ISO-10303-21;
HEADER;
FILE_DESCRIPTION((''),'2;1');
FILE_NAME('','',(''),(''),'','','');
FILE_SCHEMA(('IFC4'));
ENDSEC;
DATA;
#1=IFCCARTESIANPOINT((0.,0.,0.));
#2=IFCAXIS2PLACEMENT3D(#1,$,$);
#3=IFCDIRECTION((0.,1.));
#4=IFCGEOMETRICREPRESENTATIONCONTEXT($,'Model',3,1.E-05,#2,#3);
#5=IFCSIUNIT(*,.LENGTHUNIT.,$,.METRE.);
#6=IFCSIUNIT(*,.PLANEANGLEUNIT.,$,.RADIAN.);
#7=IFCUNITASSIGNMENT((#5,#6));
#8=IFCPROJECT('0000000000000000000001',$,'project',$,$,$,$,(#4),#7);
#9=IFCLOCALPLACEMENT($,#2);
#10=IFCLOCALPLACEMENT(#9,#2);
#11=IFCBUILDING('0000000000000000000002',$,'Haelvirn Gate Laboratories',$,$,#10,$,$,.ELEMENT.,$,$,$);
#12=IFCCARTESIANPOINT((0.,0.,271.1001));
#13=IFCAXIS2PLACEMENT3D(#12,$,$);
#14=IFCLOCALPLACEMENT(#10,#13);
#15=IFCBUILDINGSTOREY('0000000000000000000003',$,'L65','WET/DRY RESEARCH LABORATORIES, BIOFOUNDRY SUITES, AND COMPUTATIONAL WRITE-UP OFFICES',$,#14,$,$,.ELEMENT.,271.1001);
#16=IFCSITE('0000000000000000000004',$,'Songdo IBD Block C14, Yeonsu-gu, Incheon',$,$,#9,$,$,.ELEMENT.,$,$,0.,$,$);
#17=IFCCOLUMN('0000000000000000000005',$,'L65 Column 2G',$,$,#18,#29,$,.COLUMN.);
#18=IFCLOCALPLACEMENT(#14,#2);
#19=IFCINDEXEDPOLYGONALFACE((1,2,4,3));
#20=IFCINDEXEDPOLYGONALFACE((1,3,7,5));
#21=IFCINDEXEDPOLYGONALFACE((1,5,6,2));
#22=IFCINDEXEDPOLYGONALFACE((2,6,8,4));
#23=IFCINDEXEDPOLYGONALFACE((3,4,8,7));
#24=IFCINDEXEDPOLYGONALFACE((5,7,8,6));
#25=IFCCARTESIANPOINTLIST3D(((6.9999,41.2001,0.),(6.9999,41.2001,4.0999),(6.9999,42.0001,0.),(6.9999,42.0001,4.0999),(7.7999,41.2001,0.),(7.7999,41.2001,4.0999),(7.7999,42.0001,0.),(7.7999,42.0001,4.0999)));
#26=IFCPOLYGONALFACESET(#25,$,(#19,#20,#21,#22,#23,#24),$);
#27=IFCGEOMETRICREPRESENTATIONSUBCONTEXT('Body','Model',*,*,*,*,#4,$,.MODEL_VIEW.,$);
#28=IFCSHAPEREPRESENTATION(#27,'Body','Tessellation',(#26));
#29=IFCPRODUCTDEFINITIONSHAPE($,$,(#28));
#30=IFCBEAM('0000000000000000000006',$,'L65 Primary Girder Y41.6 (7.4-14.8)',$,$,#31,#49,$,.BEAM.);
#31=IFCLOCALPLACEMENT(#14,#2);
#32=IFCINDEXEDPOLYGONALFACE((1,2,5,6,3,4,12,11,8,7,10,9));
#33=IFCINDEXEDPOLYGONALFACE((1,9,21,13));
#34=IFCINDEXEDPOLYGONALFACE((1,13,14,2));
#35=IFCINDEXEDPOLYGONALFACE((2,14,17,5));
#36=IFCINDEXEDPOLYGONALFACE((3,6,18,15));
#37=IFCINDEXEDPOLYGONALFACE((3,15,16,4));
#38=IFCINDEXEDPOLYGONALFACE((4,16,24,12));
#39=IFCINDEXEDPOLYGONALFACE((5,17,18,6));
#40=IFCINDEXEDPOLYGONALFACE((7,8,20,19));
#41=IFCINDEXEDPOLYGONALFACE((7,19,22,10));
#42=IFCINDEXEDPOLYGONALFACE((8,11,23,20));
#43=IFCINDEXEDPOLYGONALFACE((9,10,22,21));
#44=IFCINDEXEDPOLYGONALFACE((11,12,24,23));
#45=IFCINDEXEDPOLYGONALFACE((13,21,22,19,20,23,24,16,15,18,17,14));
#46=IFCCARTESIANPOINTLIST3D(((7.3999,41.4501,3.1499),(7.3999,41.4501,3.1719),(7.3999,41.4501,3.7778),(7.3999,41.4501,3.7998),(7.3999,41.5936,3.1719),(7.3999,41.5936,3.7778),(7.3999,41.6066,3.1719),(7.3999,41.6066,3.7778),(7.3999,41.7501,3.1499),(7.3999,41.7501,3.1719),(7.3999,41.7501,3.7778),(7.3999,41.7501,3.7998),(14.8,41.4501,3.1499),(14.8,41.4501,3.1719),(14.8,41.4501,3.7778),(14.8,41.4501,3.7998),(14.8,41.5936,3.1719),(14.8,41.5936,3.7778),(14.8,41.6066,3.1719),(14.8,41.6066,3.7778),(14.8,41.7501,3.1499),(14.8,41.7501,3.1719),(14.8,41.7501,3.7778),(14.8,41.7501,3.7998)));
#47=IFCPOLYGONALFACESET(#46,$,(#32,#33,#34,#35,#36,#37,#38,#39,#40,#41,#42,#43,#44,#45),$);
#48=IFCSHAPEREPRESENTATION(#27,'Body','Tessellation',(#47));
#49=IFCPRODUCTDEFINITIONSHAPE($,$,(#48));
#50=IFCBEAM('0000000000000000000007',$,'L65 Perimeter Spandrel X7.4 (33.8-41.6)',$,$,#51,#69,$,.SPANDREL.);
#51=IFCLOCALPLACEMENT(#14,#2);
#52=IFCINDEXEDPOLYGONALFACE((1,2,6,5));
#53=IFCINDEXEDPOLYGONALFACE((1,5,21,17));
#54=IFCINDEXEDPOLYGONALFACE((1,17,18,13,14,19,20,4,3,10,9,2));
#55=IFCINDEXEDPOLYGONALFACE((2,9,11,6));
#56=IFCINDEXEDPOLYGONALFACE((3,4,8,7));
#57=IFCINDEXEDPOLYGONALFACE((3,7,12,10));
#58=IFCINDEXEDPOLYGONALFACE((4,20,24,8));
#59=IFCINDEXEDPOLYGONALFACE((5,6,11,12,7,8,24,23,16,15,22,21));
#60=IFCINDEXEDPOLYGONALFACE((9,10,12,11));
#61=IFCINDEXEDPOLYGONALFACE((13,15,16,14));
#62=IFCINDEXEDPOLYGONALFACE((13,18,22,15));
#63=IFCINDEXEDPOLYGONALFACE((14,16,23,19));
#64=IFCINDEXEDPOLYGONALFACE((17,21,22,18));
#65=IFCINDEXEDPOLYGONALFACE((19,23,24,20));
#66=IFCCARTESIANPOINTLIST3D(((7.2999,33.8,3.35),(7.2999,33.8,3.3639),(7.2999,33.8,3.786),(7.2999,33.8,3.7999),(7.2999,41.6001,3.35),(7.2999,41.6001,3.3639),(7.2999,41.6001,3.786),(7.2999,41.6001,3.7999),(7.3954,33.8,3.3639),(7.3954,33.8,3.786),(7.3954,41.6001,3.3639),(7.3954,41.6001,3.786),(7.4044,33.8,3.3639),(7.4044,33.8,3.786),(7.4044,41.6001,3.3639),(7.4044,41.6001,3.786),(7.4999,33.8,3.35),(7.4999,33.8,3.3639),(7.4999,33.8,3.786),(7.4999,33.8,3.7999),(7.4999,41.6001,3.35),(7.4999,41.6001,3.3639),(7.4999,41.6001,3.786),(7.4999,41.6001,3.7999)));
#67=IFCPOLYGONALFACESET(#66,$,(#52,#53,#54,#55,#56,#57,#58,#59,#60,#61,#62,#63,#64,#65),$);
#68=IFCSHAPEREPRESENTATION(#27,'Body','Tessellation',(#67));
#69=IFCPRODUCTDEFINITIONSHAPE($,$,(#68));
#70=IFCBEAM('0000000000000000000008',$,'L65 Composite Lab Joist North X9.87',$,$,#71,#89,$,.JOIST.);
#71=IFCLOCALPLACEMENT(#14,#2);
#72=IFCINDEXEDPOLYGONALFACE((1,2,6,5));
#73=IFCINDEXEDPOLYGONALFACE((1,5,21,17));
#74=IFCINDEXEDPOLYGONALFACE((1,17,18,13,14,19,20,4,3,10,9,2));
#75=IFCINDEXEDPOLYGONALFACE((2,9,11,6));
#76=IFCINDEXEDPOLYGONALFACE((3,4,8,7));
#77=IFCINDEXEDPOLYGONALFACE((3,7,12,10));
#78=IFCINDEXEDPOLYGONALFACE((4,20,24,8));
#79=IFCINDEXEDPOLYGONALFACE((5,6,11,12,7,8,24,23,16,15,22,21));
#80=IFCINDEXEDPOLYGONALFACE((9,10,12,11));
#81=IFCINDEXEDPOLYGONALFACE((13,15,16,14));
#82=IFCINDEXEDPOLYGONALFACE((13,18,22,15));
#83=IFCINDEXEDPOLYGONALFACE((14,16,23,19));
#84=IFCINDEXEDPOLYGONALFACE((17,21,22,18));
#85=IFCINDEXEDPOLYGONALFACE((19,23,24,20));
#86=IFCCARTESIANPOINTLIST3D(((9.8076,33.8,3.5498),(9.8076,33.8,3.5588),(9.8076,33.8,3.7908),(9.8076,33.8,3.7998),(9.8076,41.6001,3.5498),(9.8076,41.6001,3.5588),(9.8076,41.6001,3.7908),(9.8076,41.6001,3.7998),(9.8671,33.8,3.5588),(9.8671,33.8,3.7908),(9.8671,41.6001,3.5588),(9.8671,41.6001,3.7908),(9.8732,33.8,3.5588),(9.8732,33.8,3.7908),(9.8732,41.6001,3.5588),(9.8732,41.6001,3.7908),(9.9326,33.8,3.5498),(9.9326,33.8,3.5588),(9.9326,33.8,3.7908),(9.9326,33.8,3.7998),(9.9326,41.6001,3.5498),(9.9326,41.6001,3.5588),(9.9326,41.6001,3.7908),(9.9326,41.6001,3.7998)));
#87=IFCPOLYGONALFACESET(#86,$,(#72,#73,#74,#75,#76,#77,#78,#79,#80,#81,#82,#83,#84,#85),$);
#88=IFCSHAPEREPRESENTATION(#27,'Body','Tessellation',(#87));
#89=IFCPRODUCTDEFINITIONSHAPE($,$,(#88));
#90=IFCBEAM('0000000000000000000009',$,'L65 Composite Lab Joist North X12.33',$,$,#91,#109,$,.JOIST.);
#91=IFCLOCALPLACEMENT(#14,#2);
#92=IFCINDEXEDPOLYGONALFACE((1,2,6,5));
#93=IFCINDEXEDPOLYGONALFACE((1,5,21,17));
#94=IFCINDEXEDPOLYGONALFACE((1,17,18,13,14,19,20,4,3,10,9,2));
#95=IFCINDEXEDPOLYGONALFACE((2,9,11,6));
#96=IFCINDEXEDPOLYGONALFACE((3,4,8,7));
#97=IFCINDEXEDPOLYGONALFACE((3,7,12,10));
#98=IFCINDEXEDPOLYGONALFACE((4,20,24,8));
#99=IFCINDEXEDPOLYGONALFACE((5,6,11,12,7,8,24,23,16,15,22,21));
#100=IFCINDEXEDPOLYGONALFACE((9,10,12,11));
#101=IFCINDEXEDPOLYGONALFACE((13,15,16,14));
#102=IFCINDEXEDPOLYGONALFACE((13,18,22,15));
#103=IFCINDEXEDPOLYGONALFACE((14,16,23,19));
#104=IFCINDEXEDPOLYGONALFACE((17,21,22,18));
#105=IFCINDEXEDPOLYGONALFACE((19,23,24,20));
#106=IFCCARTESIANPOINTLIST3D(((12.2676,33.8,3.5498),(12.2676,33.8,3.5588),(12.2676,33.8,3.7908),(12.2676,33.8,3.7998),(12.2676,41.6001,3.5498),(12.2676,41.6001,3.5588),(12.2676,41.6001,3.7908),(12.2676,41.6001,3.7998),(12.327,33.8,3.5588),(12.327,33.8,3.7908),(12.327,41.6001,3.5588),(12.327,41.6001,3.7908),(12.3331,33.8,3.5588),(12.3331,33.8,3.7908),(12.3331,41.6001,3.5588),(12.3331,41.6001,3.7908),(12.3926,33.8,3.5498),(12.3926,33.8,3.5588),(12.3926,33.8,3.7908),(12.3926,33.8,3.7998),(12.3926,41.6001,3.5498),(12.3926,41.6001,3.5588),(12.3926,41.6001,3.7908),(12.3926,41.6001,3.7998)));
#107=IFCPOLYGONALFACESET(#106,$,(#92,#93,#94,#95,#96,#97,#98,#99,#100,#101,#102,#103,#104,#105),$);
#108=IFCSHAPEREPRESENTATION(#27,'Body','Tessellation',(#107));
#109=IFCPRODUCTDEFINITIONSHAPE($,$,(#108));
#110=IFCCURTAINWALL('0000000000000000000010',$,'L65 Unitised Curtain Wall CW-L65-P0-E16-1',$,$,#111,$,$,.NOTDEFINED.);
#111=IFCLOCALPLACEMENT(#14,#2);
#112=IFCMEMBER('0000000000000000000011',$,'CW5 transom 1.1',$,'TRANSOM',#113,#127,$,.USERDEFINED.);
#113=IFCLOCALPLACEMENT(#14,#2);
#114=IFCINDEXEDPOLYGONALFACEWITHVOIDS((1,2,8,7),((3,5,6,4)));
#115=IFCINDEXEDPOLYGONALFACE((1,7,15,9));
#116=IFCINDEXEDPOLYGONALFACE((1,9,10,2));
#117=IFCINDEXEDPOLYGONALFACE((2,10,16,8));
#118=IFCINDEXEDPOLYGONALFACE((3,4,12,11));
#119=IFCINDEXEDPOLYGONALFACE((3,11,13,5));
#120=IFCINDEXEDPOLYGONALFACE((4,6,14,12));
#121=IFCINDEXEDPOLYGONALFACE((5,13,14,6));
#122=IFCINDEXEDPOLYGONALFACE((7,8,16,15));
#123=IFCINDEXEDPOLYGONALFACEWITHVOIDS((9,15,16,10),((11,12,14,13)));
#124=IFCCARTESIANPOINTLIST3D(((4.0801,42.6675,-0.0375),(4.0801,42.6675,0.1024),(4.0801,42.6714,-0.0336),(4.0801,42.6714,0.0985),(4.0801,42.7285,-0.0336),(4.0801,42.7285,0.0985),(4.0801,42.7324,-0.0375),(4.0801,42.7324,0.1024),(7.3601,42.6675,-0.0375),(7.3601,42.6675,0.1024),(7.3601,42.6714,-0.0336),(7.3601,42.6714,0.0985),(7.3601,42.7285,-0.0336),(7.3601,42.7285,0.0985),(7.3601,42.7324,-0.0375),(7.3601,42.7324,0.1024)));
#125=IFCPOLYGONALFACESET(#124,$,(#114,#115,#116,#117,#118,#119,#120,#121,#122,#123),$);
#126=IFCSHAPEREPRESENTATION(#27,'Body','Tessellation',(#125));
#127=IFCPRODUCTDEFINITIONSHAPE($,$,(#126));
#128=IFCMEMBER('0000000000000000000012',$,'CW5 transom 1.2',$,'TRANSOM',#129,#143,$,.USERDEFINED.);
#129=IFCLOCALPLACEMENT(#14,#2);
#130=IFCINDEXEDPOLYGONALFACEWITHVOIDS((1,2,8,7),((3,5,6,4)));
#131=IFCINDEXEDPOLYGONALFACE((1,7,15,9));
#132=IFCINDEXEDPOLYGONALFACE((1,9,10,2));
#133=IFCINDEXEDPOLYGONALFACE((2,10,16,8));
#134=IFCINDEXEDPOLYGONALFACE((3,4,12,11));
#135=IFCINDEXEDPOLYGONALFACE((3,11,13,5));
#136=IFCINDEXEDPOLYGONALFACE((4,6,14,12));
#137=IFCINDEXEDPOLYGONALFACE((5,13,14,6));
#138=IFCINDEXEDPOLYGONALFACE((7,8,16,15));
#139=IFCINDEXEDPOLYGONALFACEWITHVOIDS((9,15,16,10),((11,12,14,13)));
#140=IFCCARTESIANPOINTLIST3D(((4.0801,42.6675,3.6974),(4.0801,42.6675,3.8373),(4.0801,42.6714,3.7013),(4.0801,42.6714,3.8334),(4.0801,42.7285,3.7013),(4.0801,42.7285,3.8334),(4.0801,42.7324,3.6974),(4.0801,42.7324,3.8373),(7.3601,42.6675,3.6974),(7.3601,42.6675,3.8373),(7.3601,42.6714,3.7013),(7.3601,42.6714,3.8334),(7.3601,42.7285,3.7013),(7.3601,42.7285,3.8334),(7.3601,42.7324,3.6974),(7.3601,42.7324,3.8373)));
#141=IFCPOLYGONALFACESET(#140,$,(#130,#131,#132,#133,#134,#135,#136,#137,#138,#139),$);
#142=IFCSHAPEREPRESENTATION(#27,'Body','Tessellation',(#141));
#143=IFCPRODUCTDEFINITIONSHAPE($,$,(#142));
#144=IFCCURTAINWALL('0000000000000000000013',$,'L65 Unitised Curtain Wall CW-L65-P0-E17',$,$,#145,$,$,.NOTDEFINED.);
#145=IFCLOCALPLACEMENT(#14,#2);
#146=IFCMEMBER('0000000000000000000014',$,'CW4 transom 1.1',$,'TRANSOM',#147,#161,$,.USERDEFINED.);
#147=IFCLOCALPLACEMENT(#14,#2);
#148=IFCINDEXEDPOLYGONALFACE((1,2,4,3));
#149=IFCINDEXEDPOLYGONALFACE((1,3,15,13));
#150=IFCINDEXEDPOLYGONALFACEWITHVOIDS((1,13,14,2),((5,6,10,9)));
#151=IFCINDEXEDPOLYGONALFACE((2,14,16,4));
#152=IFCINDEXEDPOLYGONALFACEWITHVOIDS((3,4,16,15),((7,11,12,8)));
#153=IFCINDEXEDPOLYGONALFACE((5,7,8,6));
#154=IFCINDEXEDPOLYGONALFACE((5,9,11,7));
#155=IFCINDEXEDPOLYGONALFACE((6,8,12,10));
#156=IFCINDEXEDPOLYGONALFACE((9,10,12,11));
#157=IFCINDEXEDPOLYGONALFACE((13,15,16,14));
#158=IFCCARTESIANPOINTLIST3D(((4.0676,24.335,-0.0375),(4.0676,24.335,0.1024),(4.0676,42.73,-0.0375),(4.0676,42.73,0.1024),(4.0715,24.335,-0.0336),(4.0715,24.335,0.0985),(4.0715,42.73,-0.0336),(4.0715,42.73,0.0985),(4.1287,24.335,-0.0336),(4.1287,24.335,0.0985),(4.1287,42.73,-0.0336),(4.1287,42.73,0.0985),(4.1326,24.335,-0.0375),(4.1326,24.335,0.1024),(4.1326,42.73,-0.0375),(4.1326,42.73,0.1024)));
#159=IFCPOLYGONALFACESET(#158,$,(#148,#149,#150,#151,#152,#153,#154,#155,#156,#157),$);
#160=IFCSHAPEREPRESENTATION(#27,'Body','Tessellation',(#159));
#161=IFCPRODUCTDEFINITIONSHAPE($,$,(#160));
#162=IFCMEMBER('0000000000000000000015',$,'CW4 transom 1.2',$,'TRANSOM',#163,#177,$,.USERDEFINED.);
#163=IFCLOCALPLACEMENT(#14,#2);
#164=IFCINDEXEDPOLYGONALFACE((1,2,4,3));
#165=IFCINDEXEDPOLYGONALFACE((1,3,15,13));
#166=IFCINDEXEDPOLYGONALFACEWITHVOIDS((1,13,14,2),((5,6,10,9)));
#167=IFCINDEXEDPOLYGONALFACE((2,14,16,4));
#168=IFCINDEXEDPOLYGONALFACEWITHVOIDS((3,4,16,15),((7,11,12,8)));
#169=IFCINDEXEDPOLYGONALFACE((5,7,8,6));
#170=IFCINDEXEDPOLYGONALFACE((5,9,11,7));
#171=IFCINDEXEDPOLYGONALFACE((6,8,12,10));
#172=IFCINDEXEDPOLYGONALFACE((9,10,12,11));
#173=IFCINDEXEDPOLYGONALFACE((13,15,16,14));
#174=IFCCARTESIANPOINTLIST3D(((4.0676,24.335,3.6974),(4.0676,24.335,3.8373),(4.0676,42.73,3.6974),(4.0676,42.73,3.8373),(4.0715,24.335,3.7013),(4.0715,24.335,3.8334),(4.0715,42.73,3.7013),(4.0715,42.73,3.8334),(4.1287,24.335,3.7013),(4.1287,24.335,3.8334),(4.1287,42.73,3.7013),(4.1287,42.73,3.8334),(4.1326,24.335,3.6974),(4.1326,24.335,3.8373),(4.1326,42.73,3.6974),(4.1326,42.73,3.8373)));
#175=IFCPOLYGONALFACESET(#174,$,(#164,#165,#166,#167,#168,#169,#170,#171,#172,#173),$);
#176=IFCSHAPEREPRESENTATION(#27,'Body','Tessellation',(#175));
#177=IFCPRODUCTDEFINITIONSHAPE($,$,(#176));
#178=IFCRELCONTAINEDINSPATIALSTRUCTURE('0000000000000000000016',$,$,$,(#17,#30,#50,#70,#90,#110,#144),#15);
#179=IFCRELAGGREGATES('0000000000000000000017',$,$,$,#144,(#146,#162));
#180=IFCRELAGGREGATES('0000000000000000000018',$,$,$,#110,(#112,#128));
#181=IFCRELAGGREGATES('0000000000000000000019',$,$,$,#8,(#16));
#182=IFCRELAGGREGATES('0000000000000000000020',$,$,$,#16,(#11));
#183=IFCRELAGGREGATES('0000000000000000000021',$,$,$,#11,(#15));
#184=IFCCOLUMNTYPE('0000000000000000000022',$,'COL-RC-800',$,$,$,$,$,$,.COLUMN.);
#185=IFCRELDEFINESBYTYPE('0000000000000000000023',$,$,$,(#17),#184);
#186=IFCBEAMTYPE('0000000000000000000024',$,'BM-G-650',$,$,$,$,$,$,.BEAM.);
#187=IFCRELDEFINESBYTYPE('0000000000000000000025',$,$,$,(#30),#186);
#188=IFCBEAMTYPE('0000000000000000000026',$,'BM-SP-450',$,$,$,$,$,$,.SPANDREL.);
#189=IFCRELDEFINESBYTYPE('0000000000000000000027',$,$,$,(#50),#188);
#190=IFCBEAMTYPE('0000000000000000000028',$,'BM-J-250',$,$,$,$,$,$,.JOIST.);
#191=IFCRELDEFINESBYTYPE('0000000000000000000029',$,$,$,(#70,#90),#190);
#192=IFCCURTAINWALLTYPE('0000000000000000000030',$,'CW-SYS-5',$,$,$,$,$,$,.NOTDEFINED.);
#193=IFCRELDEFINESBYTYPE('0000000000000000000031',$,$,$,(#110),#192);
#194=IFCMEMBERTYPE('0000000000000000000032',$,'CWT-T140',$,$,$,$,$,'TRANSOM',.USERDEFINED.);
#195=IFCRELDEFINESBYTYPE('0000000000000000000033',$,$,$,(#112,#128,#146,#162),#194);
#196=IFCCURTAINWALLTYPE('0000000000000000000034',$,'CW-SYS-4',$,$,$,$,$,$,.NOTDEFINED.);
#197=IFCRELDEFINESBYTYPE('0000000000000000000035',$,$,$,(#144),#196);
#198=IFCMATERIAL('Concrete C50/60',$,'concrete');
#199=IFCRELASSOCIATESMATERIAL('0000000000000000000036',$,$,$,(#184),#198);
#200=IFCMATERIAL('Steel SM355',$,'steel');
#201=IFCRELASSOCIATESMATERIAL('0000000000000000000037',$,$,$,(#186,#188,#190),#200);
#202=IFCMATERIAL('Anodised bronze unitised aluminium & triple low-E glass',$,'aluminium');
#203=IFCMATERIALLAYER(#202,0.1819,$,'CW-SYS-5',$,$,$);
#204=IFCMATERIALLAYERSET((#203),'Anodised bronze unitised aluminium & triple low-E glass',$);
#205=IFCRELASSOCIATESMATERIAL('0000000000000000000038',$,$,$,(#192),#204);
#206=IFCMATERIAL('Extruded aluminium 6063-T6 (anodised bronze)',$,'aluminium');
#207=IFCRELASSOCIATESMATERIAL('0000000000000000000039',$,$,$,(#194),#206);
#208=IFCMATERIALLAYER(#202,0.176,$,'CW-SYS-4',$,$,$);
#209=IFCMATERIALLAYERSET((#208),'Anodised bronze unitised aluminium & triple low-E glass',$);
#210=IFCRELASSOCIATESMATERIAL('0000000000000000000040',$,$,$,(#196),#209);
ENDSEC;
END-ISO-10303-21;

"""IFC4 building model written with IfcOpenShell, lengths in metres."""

from ifc_helpers import new_model, si_unit, direction, frame, origin, origin_2d, place, context, subcontext, project, spatial, rectangle, hollow_rectangle, i_section, extrude, source, transform, mapped, material, layer, layer_set, material_profile, profile_set, type_object, type_shapes, element, aggregate, save


model = new_model("IFC4")

# Units and contexts
model_context = context("Model", 3, precision=1e-05, world=origin(), true_north=direction((0.0, 1.0)))
body_context = subcontext(model_context, "Body", "Model", "MODEL_VIEW")
ifc_project = project(units=[si_unit("LENGTHUNIT", "METRE"), si_unit("PLANEANGLEUNIT", "RADIAN")], contexts=[model_context])

# Site, building, storey
site_placement = place(None, origin())
site = spatial("IfcSite", under=ifc_project, at=site_placement, Name="Songdo IBD Block C14, Yeonsu-gu, Incheon", CompositionType="ELEMENT", RefElevation=0.0)
building_placement = place(site_placement, origin())
building = spatial("IfcBuilding", under=site, at=building_placement, Name="Haelvirn Gate Laboratories", CompositionType="ELEMENT")
storey_placement = place(building_placement, frame((0.0, 0.0, 271.1001)))
storey = spatial("IfcBuildingStorey", under=building, at=storey_placement, Name="L65", Description="WET/DRY RESEARCH LABORATORIES, BIOFOUNDRY SUITES, AND COMPUTATIONAL WRITE-UP OFFICES", CompositionType="ELEMENT", Elevation=271.1001)

# Column
ifc_material_1 = material(Name="Concrete C50/60", Category="concrete")
ifc_material_profile_1 = material_profile(ifc_material_1, rectangle(XDim=0.8, YDim=0.8, at=origin_2d()), Name="RC-800x800")
ifc_profile_set_1 = profile_set([ifc_material_profile_1], Name="Concrete C50/60")
column_type = type_object("IfcColumnType", Name="COL-RC-800", PredefinedType="COLUMN", material=ifc_profile_set_1)
shared_shape_1 = source(origin(), body_context, "Body", "SweptSolid", [
    extrude(rectangle(XDim=0.8, YDim=0.8, at=origin_2d()), origin(), (0.0, 0.0, 1.0), 4.0999),
])
type_shapes(column_type, [shared_shape_1])
column_placement = place(storey_placement, frame((7.3999, 41.6001, 0.0), z_axis=(0.0, 0.0, 1.0), x_axis=(1.0, 0.0, 0.0)))
element("IfcColumn", 1, at=column_placement, inside=storey, type_object=column_type, Name="L65 Column 2G", PredefinedType="COLUMN", context=body_context, shape_type="MappedRepresentation", body=[
    mapped(shared_shape_1, transform((0.0, 0.0, 0.0), scale=1.0)),
])

# Beams
ifc_material_2 = material(Name="Steel SM355", Category="steel")
ifc_material_profile_2 = material_profile(ifc_material_2, i_section(OverallWidth=0.3, OverallDepth=0.6499, WebThickness=0.0129, FlangeThickness=0.022, at=origin_2d()), Name="H-650x300x13x22")
ifc_profile_set_2 = profile_set([ifc_material_profile_2], Name="Steel SM355")
beam_type_1 = type_object("IfcBeamType", Name="BM-G-650", PredefinedType="BEAM", material=ifc_profile_set_2)
shared_shape_2 = source(origin(), body_context, "Body", "SweptSolid", [
    extrude(i_section(OverallWidth=0.3, OverallDepth=0.6499, WebThickness=0.0129, FlangeThickness=0.022, at=origin_2d()), origin(), (0.0, 0.0, 1.0), 7.4001),
])
type_shapes(beam_type_1, [shared_shape_2])
beam_1_placement = place(storey_placement, frame((7.3999, 41.6001, 3.4749), z_axis=(1.0, 0.0, 0.0), x_axis=(0.0, 1.0, 0.0)))
element("IfcBeam", 2, at=beam_1_placement, inside=storey, type_object=beam_type_1, Name="L65 Primary Girder Y41.6 (7.4-14.8)", PredefinedType="BEAM", context=body_context, shape_type="MappedRepresentation", body=[
    mapped(shared_shape_2, transform((0.0, 0.0, 0.0), scale=1.0)),
])
ifc_material_profile_3 = material_profile(ifc_material_2, i_section(OverallWidth=0.2, OverallDepth=0.45, WebThickness=0.009, FlangeThickness=0.0139, at=origin_2d()), Name="H-450x200x9x14")
ifc_profile_set_3 = profile_set([ifc_material_profile_3], Name="Steel SM355")
beam_type_2 = type_object("IfcBeamType", Name="BM-SP-450", PredefinedType="SPANDREL", material=ifc_profile_set_3)
shared_shape_3 = source(origin(), body_context, "Body", "SweptSolid", [
    extrude(i_section(OverallWidth=0.2, OverallDepth=0.45, WebThickness=0.009, FlangeThickness=0.0139, at=origin_2d()), origin(), (0.0, 0.0, 1.0), 7.8),
])
type_shapes(beam_type_2, [shared_shape_3])
beam_2_placement = place(storey_placement, frame((7.3999, 33.8, 3.575), z_axis=(0.0, 1.0, 0.0), x_axis=(-1.0, 0.0, 0.0)))
element("IfcBeam", 3, at=beam_2_placement, inside=storey, type_object=beam_type_2, Name="L65 Perimeter Spandrel X7.4 (33.8-41.6)", PredefinedType="SPANDREL", context=body_context, shape_type="MappedRepresentation", body=[
    mapped(shared_shape_3, transform((0.0, 0.0, 0.0), scale=1.0)),
])
ifc_material_profile_4 = material_profile(ifc_material_2, i_section(OverallWidth=0.125, OverallDepth=0.25, WebThickness=0.0061, FlangeThickness=0.009, at=origin_2d()), Name="H-250x125x6x9")
ifc_profile_set_4 = profile_set([ifc_material_profile_4], Name="Steel SM355")
beam_type_3 = type_object("IfcBeamType", Name="BM-J-250", PredefinedType="JOIST", material=ifc_profile_set_4)
shared_shape_4 = source(origin(), body_context, "Body", "SweptSolid", [
    extrude(i_section(OverallWidth=0.125, OverallDepth=0.25, WebThickness=0.0061, FlangeThickness=0.009, at=origin_2d()), origin(), (0.0, 0.0, 1.0), 7.8),
])
type_shapes(beam_type_3, [shared_shape_4])
for number, where, z_axis, x_axis, name in (
    (4, (9.8701, 33.8, 3.6748), (0.0, 1.0, 0.0), (-1.0, 0.0, 0.0), "L65 Composite Lab Joist North X9.87"),
    (5, (12.3301, 33.8, 3.6748), (0.0, 1.0, 0.0), (-1.0, 0.0, 0.0), "L65 Composite Lab Joist North X12.33"),
):
    element("IfcBeam", number, at=place(storey_placement, frame(where, z_axis=z_axis, x_axis=x_axis)), inside=storey, type_object=beam_type_3, Name=name, PredefinedType="JOIST", context=body_context, shape_type="MappedRepresentation", body=[
        mapped(shared_shape_4, transform((0.0, 0.0, 0.0), scale=1.0)),
    ])

# Curtain walls, members
ifc_material_3 = material(Name="Anodised bronze unitised aluminium & triple low-E glass", Category="aluminium")
ifc_layer_1 = layer(ifc_material_3, 0.1819, Name="CW-SYS-5")
ifc_layer_set_1 = layer_set([ifc_layer_1], Name="Anodised bronze unitised aluminium & triple low-E glass")
curtain_wall_type_1 = type_object("IfcCurtainWallType", Name="CW-SYS-5", PredefinedType="NOTDEFINED", material=ifc_layer_set_1)
curtain_wall_1_placement = place(storey_placement, origin())
curtain_wall_1 = element("IfcCurtainWall", 6, at=curtain_wall_1_placement, inside=storey, type_object=curtain_wall_type_1, Name="L65 Unitised Curtain Wall CW-L65-P0-E16-1", PredefinedType="NOTDEFINED")
ifc_material_4 = material(Name="Extruded aluminium 6063-T6 (anodised bronze)", Category="aluminium")
ifc_material_profile_5 = material_profile(ifc_material_4, hollow_rectangle(XDim=0.0649, YDim=0.1399, WallThickness=0.0039, at=origin_2d()), Name="CWT-140x65x4")
ifc_profile_set_5 = profile_set([ifc_material_profile_5], Name="Extruded aluminium 6063-T6 (anodised bronze)")
member_type_1 = type_object("IfcMemberType", Name="CWT-T140", ElementType="TRANSOM", PredefinedType="USERDEFINED", material=ifc_profile_set_5)
shared_shape_5 = source(origin(), body_context, "Body", "SweptSolid", [
    extrude(hollow_rectangle(XDim=0.0649, YDim=0.1399, WallThickness=0.0039, at=origin_2d()), origin(), (0.0, 0.0, 1.0), 3.28),
])
member_1_placement = place(storey_placement, frame((4.0801, 42.7, 0.0325), z_axis=(1.0, 0.0, 0.0), x_axis=(0.0, 1.0, 0.0)))
member_1 = element("IfcMember", 7, at=member_1_placement, type_object=member_type_1, Name="CW5 transom 1.1", ObjectType="TRANSOM", PredefinedType="USERDEFINED", context=body_context, shape_type="MappedRepresentation", body=[
    mapped(shared_shape_5, transform((0.0, 0.0, 0.0), scale=1.0)),
])
member_2_placement = place(storey_placement, frame((4.0801, 42.7, 3.7673), z_axis=(1.0, 0.0, 0.0), x_axis=(0.0, 1.0, 0.0)))
member_2 = element("IfcMember", 8, at=member_2_placement, type_object=member_type_1, Name="CW5 transom 1.2", ObjectType="TRANSOM", PredefinedType="USERDEFINED", context=body_context, shape_type="MappedRepresentation", body=[
    mapped(shared_shape_5, transform((0.0, 0.0, 0.0), scale=1.0)),
])
ifc_layer_2 = layer(ifc_material_3, 0.176, Name="CW-SYS-4")
ifc_layer_set_2 = layer_set([ifc_layer_2], Name="Anodised bronze unitised aluminium & triple low-E glass")
curtain_wall_type_2 = type_object("IfcCurtainWallType", Name="CW-SYS-4", PredefinedType="NOTDEFINED", material=ifc_layer_set_2)
curtain_wall_2_placement = place(storey_placement, origin())
curtain_wall_2 = element("IfcCurtainWall", 9, at=curtain_wall_2_placement, inside=storey, type_object=curtain_wall_type_2, Name="L65 Unitised Curtain Wall CW-L65-P0-E17", PredefinedType="NOTDEFINED")
shared_shape_6 = source(origin(), body_context, "Body", "SweptSolid", [
    extrude(hollow_rectangle(XDim=0.0649, YDim=0.1399, WallThickness=0.0039, at=origin_2d()), origin(), (0.0, 0.0, 1.0), 18.395),
])
member_3_placement = place(storey_placement, frame((4.1001, 42.73, 0.0325), z_axis=(0.0, -1.0, 0.0), x_axis=(1.0, 0.0, 0.0)))
member_3 = element("IfcMember", 10, at=member_3_placement, type_object=member_type_1, Name="CW4 transom 1.1", ObjectType="TRANSOM", PredefinedType="USERDEFINED", context=body_context, shape_type="MappedRepresentation", body=[
    mapped(shared_shape_6, transform((0.0, 0.0, 0.0), scale=1.0)),
])
member_4_placement = place(storey_placement, frame((4.1001, 42.73, 3.7673), z_axis=(0.0, -1.0, 0.0), x_axis=(1.0, 0.0, 0.0)))
member_4 = element("IfcMember", 11, at=member_4_placement, type_object=member_type_1, Name="CW4 transom 1.2", ObjectType="TRANSOM", PredefinedType="USERDEFINED", context=body_context, shape_type="MappedRepresentation", body=[
    mapped(shared_shape_6, transform((0.0, 0.0, 0.0), scale=1.0)),
])

aggregate(curtain_wall_2, [member_3, member_4])

aggregate(curtain_wall_1, [member_1, member_2])

save(model, "model.ifc")
